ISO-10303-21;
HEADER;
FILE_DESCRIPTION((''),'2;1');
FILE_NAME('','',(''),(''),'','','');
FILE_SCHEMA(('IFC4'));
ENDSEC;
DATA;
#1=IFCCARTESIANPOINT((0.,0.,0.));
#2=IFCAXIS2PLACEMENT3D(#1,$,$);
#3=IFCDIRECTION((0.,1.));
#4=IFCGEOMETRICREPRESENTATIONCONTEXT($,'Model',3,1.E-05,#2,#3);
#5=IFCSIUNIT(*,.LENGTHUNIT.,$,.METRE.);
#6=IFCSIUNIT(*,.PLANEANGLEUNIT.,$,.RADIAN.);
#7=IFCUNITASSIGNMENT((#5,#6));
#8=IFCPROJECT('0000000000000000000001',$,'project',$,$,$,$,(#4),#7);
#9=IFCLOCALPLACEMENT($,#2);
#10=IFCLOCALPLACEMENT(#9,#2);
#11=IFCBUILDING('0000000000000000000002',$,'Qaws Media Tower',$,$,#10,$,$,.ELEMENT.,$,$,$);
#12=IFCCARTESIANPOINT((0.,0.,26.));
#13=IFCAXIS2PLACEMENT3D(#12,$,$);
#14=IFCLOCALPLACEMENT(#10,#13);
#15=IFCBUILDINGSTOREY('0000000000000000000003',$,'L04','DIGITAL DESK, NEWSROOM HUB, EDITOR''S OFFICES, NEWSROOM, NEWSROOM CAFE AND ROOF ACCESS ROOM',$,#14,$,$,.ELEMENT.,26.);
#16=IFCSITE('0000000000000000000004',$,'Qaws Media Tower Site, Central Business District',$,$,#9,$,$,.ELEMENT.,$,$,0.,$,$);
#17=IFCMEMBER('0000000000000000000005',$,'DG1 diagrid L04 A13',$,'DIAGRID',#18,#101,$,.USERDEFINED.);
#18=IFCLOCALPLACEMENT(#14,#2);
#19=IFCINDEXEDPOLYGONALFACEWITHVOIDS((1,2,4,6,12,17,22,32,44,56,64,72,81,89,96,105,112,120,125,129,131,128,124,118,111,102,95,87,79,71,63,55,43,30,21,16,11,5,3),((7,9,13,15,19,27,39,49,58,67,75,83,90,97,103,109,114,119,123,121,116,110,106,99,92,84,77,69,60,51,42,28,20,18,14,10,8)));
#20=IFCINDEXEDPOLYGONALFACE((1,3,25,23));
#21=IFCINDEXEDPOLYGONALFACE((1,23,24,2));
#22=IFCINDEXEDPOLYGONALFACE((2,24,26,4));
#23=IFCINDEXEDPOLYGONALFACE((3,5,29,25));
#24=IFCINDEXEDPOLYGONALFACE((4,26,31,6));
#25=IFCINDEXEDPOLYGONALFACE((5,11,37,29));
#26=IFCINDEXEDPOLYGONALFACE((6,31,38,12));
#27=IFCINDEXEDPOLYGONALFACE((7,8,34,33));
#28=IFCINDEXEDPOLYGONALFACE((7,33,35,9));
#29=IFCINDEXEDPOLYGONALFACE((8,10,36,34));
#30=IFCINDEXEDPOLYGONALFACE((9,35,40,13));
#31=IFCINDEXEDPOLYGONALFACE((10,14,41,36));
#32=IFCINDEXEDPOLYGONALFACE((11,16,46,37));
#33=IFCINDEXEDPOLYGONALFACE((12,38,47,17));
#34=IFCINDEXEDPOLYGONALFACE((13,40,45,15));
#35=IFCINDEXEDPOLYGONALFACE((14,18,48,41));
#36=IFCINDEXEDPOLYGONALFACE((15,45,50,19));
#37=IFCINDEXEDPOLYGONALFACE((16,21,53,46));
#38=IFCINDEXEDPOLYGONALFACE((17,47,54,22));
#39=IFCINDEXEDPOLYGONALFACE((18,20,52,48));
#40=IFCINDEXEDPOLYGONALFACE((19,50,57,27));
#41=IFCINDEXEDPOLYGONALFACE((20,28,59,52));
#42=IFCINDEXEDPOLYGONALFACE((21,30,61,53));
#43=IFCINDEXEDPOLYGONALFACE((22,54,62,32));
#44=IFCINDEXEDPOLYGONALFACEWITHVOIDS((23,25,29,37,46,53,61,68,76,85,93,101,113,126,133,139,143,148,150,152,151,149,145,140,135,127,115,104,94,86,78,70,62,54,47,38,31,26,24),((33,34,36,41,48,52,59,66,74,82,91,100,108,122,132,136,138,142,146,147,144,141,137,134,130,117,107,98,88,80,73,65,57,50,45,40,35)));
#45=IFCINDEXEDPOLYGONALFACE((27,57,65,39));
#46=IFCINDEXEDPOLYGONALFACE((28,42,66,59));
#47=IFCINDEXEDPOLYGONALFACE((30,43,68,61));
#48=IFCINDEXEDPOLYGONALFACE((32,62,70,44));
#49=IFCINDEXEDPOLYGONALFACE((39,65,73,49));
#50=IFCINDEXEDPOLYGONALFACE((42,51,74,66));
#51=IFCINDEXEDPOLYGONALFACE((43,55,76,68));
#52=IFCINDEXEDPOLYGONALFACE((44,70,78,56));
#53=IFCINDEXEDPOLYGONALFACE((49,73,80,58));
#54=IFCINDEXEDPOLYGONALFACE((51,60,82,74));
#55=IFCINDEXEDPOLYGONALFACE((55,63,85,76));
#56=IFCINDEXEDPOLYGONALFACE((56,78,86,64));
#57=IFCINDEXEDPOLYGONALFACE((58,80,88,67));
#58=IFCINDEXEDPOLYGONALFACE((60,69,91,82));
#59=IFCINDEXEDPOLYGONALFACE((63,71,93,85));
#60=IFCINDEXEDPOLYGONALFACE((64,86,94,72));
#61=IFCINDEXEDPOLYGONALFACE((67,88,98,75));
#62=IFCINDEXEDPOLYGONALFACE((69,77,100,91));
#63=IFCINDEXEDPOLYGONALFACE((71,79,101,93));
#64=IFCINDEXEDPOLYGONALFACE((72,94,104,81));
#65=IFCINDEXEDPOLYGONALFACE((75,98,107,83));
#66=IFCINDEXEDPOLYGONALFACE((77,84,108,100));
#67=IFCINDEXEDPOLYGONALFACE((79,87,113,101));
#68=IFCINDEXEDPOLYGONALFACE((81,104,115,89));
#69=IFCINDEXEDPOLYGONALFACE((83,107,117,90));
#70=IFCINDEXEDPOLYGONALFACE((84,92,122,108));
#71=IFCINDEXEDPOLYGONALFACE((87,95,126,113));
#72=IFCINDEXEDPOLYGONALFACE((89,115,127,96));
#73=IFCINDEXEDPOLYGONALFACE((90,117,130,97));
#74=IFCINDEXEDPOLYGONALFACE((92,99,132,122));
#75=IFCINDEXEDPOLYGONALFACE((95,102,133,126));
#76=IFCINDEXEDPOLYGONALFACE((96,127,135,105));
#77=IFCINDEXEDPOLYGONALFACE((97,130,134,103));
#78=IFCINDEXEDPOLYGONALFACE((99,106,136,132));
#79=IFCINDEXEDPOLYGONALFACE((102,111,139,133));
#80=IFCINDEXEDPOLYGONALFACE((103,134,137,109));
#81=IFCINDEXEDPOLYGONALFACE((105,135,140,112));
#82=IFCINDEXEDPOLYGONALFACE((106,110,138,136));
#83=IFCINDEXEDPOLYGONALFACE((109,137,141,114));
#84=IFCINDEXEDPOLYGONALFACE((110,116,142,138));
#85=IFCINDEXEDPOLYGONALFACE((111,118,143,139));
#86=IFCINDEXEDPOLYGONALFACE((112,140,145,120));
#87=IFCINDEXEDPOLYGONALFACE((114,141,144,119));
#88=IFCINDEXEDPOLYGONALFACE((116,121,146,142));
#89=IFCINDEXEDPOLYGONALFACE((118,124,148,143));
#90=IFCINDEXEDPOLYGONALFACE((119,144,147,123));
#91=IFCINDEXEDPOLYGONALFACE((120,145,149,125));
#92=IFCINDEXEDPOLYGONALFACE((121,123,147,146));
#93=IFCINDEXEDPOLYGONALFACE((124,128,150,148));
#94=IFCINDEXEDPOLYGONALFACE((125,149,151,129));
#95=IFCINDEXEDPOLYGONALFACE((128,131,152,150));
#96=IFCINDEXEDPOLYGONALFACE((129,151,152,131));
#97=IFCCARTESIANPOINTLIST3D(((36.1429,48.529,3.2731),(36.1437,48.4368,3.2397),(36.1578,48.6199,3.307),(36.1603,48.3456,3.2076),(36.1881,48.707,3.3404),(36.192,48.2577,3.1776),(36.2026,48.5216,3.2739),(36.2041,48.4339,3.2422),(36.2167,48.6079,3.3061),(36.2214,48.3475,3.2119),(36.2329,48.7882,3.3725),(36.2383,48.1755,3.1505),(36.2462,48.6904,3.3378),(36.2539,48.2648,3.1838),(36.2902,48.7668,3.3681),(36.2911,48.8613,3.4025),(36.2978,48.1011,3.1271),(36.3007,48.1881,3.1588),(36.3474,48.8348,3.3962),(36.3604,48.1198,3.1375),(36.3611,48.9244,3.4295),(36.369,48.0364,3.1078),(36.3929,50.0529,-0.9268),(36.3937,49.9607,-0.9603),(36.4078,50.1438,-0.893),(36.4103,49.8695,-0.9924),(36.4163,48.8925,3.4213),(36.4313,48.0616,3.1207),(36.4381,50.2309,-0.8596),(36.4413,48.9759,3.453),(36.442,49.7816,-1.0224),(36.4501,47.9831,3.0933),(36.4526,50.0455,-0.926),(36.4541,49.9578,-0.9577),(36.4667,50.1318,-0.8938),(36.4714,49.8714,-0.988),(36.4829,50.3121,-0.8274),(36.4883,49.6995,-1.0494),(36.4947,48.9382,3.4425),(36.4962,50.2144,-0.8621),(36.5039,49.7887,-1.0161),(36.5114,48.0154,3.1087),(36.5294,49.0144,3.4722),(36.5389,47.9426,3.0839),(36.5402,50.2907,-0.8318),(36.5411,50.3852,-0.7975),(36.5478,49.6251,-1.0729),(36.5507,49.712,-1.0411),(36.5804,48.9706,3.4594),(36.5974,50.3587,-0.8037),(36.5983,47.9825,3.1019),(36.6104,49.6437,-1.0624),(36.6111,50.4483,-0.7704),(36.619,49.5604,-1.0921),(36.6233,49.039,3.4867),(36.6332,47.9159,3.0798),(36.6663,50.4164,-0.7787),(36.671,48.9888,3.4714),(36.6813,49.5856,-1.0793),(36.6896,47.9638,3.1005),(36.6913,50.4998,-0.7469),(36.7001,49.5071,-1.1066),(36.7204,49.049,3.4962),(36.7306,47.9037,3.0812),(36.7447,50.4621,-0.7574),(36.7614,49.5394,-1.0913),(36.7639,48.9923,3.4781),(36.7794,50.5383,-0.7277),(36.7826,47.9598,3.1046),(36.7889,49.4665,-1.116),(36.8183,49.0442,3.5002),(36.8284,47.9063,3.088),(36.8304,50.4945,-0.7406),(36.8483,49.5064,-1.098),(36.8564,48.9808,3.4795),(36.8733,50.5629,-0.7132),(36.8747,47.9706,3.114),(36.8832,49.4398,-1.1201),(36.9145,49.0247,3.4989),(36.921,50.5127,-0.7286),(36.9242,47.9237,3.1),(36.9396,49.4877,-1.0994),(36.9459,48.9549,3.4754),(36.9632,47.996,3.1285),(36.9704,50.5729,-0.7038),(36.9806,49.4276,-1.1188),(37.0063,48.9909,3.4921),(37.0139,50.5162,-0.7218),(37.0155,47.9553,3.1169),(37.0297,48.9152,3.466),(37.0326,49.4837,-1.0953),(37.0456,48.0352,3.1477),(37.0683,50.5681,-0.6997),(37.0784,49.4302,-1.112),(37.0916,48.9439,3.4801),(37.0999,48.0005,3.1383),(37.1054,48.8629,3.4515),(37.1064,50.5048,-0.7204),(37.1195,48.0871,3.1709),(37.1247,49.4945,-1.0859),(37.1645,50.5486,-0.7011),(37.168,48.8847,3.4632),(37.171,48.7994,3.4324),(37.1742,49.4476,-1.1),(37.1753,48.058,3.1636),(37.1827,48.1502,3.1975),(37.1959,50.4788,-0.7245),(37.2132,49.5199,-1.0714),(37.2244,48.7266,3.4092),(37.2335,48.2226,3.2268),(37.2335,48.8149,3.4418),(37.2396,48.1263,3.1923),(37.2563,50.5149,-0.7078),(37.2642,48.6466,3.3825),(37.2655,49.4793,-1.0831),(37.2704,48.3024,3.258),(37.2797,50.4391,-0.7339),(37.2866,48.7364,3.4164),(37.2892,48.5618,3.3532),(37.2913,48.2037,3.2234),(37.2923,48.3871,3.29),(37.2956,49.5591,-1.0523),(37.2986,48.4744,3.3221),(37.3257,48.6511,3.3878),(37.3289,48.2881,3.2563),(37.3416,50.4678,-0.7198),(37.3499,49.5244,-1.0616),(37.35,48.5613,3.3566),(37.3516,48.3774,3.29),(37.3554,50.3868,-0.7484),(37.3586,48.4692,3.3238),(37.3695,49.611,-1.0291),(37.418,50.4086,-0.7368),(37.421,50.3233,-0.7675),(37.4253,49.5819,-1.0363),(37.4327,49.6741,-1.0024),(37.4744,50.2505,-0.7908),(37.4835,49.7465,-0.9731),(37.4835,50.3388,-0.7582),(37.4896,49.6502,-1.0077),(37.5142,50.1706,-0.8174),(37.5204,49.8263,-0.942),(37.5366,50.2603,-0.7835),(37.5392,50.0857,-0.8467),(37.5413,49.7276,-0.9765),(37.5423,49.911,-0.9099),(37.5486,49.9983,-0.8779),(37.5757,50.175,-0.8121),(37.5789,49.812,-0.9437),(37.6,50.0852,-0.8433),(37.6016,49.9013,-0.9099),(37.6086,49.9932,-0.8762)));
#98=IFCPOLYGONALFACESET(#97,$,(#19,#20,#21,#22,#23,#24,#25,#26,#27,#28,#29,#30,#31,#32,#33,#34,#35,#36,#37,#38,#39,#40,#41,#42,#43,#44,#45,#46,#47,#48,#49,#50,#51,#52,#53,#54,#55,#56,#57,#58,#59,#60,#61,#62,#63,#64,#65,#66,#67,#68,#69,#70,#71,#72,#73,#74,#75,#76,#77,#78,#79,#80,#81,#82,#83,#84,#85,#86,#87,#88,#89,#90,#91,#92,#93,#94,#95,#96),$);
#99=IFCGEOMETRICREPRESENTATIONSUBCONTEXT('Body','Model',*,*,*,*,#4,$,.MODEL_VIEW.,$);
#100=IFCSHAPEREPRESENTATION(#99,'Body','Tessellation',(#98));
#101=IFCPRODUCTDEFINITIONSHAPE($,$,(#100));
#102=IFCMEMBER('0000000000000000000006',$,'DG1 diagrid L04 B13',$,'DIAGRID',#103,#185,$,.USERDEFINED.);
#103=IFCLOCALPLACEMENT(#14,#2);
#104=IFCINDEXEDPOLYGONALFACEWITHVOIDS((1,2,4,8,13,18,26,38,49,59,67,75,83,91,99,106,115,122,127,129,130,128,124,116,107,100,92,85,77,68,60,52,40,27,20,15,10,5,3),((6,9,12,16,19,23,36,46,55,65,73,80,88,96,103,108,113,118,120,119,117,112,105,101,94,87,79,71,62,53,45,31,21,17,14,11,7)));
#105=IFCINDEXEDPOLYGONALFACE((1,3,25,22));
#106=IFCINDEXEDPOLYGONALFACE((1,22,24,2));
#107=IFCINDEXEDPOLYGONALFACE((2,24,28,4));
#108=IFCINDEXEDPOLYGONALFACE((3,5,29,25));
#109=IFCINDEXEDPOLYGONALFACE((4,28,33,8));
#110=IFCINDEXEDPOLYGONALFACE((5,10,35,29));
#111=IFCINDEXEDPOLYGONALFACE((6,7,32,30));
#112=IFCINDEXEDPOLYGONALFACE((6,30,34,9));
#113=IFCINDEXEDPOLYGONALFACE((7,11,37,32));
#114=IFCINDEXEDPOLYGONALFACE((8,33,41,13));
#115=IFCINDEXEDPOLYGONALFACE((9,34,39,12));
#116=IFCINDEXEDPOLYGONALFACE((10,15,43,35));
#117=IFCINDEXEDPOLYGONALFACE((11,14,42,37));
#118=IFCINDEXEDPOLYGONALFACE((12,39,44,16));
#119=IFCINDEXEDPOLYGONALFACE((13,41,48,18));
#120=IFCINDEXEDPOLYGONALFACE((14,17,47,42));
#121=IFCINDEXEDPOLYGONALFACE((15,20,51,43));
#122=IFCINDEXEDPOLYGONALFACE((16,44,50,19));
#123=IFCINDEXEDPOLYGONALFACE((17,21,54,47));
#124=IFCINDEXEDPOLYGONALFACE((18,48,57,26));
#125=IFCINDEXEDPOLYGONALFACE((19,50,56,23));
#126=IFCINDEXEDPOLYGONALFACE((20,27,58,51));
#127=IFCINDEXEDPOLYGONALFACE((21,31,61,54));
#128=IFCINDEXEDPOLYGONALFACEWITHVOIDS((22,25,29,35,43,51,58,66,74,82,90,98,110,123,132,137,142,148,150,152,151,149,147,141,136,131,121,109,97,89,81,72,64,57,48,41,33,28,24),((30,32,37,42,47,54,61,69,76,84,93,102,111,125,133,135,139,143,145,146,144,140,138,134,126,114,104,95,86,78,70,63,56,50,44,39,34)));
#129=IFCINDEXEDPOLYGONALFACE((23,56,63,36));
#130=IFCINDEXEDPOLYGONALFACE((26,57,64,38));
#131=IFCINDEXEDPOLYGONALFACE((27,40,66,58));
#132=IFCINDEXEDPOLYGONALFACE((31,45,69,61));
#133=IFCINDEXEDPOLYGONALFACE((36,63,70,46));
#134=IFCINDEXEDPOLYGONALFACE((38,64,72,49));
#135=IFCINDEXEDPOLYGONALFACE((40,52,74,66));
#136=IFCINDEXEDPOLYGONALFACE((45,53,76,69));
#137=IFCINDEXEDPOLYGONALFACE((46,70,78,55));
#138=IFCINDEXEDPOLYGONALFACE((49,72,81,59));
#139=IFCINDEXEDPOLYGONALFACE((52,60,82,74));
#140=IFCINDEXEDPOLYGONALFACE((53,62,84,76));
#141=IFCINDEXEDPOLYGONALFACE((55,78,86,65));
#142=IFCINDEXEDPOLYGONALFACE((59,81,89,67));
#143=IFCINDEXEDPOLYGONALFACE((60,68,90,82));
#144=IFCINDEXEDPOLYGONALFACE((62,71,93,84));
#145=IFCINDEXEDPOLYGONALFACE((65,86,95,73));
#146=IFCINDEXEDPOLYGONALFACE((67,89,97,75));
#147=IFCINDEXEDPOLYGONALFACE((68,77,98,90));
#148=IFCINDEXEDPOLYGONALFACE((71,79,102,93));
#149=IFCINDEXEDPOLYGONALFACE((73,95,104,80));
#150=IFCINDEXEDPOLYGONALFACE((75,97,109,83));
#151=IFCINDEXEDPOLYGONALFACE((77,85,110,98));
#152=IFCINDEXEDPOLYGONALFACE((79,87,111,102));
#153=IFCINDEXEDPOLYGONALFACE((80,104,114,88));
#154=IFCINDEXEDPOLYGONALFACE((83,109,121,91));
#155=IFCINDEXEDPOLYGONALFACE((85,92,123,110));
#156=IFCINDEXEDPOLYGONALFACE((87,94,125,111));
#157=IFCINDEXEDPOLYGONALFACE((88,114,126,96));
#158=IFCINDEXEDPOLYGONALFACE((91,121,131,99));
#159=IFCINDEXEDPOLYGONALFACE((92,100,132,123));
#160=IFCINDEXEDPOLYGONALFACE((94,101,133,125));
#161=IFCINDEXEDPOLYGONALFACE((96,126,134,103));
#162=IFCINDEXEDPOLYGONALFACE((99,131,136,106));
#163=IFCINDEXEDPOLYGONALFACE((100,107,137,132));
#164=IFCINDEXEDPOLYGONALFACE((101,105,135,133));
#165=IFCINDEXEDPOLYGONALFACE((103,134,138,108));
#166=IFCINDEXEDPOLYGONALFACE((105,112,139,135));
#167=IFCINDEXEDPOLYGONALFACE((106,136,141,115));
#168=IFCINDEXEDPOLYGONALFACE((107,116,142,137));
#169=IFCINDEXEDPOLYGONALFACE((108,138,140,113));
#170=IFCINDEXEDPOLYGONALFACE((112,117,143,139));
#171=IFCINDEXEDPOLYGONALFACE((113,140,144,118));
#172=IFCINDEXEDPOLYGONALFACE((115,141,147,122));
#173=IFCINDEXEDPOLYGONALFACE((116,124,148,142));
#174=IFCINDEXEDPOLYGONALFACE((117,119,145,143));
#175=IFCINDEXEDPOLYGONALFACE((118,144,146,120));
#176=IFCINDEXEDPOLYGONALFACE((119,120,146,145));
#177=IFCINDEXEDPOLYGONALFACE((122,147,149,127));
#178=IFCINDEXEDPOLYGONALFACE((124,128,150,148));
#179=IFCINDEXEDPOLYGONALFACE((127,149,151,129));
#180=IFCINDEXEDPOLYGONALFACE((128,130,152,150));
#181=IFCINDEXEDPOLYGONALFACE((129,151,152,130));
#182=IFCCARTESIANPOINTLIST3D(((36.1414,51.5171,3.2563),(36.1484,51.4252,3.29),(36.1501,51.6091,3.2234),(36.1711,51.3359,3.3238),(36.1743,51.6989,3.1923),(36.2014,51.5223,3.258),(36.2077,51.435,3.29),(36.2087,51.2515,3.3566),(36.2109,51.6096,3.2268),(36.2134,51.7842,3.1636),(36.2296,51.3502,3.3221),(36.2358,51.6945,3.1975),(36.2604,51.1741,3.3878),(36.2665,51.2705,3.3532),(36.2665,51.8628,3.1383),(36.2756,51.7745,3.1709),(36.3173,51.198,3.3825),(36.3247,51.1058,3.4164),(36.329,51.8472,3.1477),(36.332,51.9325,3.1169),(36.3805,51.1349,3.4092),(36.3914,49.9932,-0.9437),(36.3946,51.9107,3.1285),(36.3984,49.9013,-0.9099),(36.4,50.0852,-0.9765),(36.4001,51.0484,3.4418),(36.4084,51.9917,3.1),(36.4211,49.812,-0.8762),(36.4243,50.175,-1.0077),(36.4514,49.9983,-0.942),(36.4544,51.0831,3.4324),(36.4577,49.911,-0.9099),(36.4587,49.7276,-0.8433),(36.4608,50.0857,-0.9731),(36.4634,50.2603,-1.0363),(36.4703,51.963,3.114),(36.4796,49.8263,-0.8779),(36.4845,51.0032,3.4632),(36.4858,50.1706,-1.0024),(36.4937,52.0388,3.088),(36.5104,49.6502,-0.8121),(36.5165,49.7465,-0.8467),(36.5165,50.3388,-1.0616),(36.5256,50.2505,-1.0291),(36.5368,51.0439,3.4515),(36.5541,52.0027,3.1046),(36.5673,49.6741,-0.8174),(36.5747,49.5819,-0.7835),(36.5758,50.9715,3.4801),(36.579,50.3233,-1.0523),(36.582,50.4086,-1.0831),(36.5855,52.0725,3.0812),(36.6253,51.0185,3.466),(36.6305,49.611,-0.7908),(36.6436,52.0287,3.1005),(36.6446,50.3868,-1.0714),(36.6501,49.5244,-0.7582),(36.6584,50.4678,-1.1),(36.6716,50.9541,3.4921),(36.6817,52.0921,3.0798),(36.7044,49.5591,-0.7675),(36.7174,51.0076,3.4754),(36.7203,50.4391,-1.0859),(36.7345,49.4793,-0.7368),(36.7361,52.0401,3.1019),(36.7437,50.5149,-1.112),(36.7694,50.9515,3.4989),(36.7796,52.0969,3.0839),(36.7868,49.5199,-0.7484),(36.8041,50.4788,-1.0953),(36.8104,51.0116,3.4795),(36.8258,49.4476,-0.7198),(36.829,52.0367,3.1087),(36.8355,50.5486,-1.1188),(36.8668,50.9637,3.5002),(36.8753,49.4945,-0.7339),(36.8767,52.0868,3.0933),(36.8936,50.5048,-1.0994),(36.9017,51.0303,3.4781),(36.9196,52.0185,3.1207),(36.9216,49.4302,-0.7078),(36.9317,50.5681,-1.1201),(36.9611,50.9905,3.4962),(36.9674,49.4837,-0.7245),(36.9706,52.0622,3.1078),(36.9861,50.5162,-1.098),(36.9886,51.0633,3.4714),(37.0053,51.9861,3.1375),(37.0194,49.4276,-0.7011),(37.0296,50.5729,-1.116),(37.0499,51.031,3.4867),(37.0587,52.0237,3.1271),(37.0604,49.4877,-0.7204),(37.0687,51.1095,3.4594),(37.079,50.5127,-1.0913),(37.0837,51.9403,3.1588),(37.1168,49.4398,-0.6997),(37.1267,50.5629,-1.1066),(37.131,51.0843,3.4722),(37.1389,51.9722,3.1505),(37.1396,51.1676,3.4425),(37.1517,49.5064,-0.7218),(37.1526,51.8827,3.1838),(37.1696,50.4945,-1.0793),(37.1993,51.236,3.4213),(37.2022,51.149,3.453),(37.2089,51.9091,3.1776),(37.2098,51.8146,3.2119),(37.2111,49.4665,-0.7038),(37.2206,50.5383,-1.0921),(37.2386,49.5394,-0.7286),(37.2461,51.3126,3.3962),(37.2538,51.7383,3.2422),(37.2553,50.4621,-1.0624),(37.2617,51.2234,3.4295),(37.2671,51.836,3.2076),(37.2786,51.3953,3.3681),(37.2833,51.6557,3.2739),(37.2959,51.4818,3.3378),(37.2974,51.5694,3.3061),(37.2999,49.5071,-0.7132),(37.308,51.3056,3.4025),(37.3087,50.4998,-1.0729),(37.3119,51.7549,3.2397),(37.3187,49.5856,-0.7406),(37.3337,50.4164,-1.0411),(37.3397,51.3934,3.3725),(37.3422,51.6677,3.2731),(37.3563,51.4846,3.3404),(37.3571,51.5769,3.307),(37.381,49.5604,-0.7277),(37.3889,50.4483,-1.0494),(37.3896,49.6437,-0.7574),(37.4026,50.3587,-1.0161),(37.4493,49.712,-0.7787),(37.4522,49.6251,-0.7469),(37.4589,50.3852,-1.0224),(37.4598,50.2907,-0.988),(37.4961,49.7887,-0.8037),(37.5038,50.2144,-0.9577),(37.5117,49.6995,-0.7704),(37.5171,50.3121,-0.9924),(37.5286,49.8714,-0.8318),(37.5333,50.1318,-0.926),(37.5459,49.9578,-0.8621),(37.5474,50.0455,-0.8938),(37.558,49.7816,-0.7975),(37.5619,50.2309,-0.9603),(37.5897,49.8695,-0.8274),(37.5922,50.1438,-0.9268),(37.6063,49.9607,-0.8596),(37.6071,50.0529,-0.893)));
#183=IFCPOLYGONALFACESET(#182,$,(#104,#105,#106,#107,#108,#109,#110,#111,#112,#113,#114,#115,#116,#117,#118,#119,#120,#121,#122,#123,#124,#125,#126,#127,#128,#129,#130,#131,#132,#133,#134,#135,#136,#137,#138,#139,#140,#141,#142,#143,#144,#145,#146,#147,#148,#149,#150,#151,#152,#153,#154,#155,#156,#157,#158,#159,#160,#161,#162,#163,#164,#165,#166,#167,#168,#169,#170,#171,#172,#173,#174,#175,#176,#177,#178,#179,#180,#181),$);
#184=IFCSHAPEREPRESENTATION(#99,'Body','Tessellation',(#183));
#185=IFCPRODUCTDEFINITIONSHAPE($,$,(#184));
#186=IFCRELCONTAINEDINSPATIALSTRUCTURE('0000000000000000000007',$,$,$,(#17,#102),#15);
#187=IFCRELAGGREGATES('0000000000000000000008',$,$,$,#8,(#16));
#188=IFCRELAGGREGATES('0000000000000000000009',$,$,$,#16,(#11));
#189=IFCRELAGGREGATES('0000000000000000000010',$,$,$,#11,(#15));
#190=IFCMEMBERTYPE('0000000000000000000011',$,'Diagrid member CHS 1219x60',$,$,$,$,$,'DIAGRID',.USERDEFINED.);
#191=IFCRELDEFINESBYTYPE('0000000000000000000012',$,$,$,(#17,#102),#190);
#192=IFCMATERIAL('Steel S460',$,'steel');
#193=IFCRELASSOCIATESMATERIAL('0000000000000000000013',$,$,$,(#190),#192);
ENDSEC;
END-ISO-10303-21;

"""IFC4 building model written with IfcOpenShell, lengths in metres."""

from ifc_helpers import new_model, si_unit, direction, frame, origin, origin_2d, place, context, subcontext, project, spatial, hollow_circle, extrude, material, material_profile, profile_set, type_object, element, save


model = new_model("IFC4")

# Units and contexts
model_context = context("Model", 3, precision=1e-05, world=origin(), true_north=direction((0.0, 1.0)))
body_context = subcontext(model_context, "Body", "Model", "MODEL_VIEW")
ifc_project = project(units=[si_unit("LENGTHUNIT", "METRE"), si_unit("PLANEANGLEUNIT", "RADIAN")], contexts=[model_context])

# Site, building, storey
site_placement = place(None, origin())
site = spatial("IfcSite", under=ifc_project, at=site_placement, Name="Qaws Media Tower Site, Central Business District", CompositionType="ELEMENT", RefElevation=0.0)
building_placement = place(site_placement, origin())
building = spatial("IfcBuilding", under=site, at=building_placement, Name="Qaws Media Tower", CompositionType="ELEMENT")
storey_placement = place(building_placement, frame((0.0, 0.0, 26.0)))
storey = spatial("IfcBuildingStorey", under=building, at=storey_placement, Name="L04", Description="DIGITAL DESK, NEWSROOM HUB, EDITOR'S OFFICES, NEWSROOM, NEWSROOM CAFE AND ROOF ACCESS ROOM", CompositionType="ELEMENT", Elevation=26.0)

# Members
ifc_material_1 = material(Name="Steel S460", Category="steel")
ifc_material_profile_1 = material_profile(ifc_material_1, hollow_circle(Radius=0.6096, WallThickness=0.0601, at=origin_2d()), Name="CHS 1219x60")
ifc_profile_set_1 = profile_set([ifc_material_profile_1], Name="Steel S460")
member_type = type_object("IfcMemberType", Name="Diagrid member CHS 1219x60", ElementType="DIAGRID", PredefinedType="USERDEFINED", material=ifc_profile_set_1)
for number, where, z_axis, x_axis, name in (
    (1, (37.0, 50.0, -0.9099), (-0.055868, -0.340552, 0.938564), (0.986809, -0.161886, 0.0), "DG1 diagrid L04 A13"),
    (2, (37.0, 50.0, -0.9099), (-0.055868, 0.340552, 0.938564), (-0.986809, -0.161886, 0.0), "DG1 diagrid L04 B13"),
):
    element("IfcMember", number, at=place(storey_placement, frame(where, z_axis=z_axis, x_axis=x_axis)), inside=storey, type_object=member_type, Name=name, ObjectType="DIAGRID", PredefinedType="USERDEFINED", context=body_context, shape_type="SweptSolid", body=[
        extrude(hollow_circle(Radius=0.6096, WallThickness=0.0601, at=origin_2d()), origin(), (0.0, 0.0, 1.0), 4.4749),
    ])

save(model, "model.ifc")
